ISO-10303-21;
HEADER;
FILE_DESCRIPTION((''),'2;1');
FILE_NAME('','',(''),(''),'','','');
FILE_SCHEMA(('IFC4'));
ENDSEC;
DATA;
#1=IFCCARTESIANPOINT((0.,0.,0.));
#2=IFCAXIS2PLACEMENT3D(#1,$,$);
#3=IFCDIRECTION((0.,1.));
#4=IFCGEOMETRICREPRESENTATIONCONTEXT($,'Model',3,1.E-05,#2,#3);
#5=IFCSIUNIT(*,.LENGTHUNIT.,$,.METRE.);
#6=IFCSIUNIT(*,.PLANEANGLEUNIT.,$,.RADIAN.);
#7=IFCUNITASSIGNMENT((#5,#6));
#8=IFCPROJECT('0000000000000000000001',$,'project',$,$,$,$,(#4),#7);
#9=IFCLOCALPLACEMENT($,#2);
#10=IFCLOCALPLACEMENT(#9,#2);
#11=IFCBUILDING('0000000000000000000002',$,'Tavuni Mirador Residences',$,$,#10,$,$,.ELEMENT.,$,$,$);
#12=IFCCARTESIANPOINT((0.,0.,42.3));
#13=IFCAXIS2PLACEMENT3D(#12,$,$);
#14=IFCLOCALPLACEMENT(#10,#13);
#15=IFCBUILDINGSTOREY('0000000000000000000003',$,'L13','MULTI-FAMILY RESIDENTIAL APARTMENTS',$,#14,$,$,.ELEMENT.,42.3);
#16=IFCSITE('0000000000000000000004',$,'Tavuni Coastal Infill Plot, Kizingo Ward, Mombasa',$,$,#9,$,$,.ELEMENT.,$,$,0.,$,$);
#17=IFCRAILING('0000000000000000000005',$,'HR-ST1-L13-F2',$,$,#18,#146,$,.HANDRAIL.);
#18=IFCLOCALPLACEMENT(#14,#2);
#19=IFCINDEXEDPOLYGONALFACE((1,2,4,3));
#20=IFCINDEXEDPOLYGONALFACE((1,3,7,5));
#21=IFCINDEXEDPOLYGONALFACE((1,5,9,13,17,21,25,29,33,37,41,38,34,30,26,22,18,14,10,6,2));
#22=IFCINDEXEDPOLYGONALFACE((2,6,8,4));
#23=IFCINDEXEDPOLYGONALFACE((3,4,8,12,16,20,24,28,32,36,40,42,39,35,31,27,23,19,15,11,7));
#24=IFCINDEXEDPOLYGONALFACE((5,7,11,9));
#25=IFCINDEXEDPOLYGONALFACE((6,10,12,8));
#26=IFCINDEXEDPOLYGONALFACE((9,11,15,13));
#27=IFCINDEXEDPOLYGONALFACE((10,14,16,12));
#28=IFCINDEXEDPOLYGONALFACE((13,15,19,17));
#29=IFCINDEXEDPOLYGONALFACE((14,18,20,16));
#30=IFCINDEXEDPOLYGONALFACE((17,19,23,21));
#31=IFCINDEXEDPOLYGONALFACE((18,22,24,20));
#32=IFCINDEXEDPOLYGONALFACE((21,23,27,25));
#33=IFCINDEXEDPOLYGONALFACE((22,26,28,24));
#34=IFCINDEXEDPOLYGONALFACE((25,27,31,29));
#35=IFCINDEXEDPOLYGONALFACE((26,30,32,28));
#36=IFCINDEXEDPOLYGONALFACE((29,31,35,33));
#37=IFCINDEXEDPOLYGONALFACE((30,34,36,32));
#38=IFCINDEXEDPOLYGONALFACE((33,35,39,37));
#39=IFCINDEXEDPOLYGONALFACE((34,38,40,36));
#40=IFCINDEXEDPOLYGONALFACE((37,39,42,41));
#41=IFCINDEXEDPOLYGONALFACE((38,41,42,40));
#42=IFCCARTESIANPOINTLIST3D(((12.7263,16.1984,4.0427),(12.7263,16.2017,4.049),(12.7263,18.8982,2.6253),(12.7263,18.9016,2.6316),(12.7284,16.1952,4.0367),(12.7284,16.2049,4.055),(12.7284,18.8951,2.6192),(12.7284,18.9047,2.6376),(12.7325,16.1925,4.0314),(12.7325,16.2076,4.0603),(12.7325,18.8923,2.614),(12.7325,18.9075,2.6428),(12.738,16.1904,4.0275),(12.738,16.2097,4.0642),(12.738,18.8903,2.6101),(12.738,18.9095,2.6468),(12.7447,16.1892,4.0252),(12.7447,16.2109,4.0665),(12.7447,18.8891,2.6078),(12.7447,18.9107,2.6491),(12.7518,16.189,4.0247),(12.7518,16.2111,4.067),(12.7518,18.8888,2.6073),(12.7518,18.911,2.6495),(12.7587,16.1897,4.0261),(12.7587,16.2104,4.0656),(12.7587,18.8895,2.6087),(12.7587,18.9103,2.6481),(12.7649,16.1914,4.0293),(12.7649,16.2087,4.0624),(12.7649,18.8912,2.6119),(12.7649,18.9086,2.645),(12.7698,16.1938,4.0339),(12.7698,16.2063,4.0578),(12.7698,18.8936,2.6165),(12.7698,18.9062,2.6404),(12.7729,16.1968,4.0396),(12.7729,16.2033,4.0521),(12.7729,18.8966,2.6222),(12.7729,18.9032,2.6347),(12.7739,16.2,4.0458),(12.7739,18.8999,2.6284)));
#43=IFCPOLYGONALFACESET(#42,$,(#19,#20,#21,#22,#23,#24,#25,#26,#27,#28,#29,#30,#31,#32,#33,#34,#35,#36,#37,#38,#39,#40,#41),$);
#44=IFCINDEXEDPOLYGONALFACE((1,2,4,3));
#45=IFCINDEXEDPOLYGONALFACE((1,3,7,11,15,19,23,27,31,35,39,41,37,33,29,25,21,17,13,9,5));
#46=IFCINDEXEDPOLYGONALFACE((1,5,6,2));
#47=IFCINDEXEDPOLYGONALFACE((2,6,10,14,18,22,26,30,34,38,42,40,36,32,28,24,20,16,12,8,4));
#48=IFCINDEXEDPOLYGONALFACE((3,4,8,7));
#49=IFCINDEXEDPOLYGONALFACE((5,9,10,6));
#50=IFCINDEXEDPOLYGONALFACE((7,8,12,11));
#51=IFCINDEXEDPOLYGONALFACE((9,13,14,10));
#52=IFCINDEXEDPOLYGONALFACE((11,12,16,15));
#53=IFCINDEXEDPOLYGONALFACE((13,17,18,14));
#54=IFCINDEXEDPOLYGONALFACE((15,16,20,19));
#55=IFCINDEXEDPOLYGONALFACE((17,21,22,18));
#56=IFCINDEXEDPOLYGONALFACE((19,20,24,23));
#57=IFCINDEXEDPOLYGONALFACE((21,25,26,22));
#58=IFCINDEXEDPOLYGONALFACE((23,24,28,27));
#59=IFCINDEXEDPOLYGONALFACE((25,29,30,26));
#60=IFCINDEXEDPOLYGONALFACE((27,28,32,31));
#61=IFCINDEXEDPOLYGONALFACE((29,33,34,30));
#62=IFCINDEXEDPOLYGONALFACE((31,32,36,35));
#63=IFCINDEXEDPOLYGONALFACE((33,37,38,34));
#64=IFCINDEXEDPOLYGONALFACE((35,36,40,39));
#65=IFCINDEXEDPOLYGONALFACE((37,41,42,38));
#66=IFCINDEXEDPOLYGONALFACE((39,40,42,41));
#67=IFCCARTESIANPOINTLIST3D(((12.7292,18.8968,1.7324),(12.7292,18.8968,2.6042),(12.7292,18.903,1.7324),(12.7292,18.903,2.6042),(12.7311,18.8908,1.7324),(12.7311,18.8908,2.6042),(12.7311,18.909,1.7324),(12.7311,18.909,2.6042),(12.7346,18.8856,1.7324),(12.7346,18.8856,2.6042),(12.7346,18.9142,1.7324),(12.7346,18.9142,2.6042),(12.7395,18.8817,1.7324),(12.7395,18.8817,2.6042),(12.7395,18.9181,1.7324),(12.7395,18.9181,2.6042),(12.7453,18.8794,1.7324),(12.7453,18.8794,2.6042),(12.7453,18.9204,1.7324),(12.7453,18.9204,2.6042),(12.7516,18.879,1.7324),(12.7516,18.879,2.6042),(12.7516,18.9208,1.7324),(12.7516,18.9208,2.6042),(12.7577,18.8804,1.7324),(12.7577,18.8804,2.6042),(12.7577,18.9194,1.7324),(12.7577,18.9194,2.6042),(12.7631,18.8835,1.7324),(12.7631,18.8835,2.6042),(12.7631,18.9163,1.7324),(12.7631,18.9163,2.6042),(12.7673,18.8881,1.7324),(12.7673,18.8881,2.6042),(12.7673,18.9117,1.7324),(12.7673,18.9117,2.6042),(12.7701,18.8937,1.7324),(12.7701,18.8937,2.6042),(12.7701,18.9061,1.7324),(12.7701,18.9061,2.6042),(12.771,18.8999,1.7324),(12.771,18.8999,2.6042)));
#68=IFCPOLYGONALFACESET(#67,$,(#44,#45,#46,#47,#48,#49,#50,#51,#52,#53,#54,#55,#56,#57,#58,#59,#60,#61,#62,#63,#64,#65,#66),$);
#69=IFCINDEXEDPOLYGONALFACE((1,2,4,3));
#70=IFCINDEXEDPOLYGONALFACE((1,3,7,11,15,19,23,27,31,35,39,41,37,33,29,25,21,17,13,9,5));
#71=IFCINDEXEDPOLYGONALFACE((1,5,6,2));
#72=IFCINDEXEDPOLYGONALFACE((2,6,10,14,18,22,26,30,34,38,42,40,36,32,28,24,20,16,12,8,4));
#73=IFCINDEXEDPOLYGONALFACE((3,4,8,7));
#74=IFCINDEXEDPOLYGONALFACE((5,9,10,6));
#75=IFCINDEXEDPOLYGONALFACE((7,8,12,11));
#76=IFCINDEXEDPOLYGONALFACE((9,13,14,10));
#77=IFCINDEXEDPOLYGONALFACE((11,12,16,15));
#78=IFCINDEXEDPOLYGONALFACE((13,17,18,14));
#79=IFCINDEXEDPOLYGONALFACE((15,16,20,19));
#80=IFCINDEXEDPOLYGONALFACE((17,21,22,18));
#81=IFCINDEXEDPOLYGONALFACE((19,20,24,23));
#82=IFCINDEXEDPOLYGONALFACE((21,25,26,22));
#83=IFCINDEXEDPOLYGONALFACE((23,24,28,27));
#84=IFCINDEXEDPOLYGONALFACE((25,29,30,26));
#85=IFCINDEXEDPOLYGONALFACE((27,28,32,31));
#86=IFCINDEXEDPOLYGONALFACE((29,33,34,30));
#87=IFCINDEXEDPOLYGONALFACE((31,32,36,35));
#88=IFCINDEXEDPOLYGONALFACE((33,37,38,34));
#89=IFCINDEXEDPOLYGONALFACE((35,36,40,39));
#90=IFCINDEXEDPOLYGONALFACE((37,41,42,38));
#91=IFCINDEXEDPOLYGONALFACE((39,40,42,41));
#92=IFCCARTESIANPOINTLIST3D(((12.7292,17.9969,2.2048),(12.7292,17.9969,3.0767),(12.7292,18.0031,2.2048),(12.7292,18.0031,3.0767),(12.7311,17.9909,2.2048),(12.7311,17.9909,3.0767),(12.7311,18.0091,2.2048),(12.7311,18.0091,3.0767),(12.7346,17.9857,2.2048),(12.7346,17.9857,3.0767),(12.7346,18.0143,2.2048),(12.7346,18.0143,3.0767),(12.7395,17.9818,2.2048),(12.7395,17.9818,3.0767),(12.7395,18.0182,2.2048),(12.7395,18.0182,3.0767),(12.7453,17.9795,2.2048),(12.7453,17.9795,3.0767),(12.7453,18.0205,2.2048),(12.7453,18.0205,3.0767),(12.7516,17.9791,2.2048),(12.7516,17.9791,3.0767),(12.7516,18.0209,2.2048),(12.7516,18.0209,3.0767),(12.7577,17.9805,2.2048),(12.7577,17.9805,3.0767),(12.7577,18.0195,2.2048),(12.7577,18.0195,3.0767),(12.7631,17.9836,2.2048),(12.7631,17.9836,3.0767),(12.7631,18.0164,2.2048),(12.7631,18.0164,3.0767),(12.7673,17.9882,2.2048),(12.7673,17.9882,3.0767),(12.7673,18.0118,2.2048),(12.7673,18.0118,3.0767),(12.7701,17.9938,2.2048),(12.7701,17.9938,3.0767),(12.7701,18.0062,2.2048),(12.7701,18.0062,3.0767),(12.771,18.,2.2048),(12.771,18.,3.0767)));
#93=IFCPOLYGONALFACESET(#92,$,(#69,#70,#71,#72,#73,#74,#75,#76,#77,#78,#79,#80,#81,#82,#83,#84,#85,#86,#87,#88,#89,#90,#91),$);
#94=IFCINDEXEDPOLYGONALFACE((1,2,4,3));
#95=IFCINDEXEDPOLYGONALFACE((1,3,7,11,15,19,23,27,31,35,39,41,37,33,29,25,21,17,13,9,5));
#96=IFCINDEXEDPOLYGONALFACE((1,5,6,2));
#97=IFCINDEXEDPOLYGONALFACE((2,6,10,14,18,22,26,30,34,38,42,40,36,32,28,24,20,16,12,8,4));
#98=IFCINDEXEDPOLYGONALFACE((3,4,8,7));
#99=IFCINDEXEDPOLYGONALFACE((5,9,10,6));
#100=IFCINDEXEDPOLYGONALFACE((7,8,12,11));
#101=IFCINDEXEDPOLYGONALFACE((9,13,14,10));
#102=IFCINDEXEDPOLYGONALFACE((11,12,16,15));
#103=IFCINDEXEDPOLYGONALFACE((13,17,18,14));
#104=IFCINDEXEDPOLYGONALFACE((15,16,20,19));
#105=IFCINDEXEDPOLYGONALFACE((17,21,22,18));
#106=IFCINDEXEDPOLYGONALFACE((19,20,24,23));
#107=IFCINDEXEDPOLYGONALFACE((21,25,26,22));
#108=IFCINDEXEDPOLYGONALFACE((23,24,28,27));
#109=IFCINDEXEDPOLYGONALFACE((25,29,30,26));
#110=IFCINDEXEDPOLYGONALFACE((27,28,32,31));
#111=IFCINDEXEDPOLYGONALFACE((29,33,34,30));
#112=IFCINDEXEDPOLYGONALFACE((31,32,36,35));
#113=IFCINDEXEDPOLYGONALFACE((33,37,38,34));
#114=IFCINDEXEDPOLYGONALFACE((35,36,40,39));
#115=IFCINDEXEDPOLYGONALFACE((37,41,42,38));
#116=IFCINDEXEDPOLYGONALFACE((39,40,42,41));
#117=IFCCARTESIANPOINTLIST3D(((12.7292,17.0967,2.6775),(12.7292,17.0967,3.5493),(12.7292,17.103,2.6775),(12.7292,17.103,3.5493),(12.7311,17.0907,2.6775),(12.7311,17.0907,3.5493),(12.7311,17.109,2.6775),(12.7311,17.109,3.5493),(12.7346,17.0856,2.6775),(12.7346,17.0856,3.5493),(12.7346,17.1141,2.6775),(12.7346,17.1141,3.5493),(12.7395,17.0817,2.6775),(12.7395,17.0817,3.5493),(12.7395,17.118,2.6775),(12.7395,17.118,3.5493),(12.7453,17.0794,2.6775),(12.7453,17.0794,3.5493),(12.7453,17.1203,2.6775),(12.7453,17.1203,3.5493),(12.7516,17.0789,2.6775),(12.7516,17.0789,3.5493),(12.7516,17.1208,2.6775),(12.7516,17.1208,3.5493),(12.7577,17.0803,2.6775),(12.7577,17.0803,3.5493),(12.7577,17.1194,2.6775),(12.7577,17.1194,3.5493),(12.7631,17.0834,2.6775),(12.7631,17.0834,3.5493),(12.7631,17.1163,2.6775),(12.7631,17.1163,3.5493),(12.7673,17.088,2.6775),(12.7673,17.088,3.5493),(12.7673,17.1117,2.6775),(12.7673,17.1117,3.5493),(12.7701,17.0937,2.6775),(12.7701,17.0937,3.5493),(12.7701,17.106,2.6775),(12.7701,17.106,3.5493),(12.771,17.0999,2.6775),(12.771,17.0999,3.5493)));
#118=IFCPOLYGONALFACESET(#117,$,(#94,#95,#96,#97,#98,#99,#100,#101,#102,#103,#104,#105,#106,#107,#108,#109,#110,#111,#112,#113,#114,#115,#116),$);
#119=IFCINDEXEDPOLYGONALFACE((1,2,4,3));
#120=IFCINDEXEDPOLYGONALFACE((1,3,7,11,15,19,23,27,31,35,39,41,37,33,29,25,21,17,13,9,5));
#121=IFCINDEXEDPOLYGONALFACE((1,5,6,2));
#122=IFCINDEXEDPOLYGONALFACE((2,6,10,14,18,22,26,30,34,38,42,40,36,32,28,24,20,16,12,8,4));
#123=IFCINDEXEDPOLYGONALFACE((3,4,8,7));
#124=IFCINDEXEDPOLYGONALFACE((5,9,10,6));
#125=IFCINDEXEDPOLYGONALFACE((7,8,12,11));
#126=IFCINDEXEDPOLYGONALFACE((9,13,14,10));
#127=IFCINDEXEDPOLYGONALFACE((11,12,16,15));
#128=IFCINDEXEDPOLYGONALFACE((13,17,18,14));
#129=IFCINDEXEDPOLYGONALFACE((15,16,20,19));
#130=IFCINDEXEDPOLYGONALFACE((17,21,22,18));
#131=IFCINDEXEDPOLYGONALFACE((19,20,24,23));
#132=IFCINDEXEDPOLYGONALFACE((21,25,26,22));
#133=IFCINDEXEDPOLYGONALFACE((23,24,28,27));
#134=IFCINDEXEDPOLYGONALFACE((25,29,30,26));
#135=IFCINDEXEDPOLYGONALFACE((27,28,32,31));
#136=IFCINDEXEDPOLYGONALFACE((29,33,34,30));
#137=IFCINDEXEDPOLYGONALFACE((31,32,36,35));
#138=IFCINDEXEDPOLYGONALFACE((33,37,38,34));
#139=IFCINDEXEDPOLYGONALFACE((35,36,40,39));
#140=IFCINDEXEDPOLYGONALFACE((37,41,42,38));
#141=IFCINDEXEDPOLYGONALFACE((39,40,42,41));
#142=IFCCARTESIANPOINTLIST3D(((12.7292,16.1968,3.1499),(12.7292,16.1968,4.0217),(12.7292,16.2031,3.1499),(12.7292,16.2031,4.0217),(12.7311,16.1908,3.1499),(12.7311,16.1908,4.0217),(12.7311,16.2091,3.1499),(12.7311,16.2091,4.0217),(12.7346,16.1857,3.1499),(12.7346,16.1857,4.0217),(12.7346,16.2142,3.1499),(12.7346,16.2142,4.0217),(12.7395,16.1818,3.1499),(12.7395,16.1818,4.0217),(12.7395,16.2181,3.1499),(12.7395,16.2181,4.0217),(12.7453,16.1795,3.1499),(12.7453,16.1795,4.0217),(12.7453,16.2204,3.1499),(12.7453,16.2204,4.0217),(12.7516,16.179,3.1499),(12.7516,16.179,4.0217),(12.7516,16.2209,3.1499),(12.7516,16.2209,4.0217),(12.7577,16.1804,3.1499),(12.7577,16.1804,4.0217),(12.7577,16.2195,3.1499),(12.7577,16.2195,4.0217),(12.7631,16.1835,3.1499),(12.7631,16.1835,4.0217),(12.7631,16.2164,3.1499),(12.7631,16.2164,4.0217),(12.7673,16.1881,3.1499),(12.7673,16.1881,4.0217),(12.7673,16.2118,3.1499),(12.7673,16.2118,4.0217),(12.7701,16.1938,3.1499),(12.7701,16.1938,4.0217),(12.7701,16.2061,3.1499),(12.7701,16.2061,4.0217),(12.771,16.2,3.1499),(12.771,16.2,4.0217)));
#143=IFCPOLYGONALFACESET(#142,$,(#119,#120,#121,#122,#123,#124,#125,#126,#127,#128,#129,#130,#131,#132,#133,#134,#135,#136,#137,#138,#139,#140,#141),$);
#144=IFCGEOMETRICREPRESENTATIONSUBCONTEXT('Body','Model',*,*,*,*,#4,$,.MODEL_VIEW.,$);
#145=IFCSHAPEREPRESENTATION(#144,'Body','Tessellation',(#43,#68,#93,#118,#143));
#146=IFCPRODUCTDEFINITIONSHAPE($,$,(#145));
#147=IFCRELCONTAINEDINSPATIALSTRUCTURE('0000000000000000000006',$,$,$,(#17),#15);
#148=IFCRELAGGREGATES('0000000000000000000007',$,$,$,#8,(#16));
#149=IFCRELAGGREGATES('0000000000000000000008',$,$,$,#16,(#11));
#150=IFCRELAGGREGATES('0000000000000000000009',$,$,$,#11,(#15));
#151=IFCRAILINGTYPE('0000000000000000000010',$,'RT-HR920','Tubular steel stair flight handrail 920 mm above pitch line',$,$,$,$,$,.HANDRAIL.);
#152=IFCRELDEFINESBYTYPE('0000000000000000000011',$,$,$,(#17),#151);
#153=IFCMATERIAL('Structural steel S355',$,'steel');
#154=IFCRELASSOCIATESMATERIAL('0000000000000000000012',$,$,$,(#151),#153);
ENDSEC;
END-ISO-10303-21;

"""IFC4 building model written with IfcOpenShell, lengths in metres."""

from ifc_helpers import new_model, si_unit, direction, frame, origin, origin_2d, place, context, subcontext, project, spatial, circle, extrude, material, type_object, element, save


model = new_model("IFC4")

# Units and contexts
model_context = context("Model", 3, precision=1e-05, world=origin(), true_north=direction((0.0, 1.0)))
body_context = subcontext(model_context, "Body", "Model", "MODEL_VIEW")
ifc_project = project(units=[si_unit("LENGTHUNIT", "METRE"), si_unit("PLANEANGLEUNIT", "RADIAN")], contexts=[model_context])

# Site, building, storey
site_placement = place(None, origin())
site = spatial("IfcSite", under=ifc_project, at=site_placement, Name="Tavuni Coastal Infill Plot, Kizingo Ward, Mombasa", CompositionType="ELEMENT", RefElevation=0.0)
building_placement = place(site_placement, origin())
building = spatial("IfcBuilding", under=site, at=building_placement, Name="Tavuni Mirador Residences", CompositionType="ELEMENT")
storey_placement = place(building_placement, frame((0.0, 0.0, 42.3)))
storey = spatial("IfcBuildingStorey", under=building, at=storey_placement, Name="L13", Description="MULTI-FAMILY RESIDENTIAL APARTMENTS", CompositionType="ELEMENT", Elevation=42.3)

# Shared definitions
ifc_material_1 = material(Name="Structural steel S355", Category="steel")

# Railing
railing_type_1 = type_object("IfcRailingType", Name="RT-HR920", Description="Tubular steel stair flight handrail 920 mm above pitch line", PredefinedType="HANDRAIL", material=ifc_material_1)
railing_1_placement = place(storey_placement, frame((12.75, 18.8999, 1.7324)))
element("IfcRailing", 1, at=railing_1_placement, inside=storey, type_object=railing_type_1, Name="HR-ST1-L13-F2", PredefinedType="HANDRAIL", context=body_context, shape_type="SweptSolid", body=[
    extrude(circle(Radius=0.0239, at=origin_2d()), frame((0.0, 0.0, 0.896), z_axis=(0.0, -0.885397, 0.464835), x_axis=(1.0, 0.0, 0.0)), (0.0, 0.0, 1.0), 3.0493),
    extrude(circle(Radius=0.021, at=origin_2d()), origin(), (0.0, 0.0, 1.0), 0.8718),
    extrude(circle(Radius=0.021, at=origin_2d()), frame((0.0, -0.8999, 0.4724)), (0.0, 0.0, 1.0), 0.8718),
    extrude(circle(Radius=0.021, at=origin_2d()), frame((0.0, -1.8, 0.9451)), (0.0, 0.0, 1.0), 0.8718),
    extrude(circle(Radius=0.021, at=origin_2d()), frame((0.0, -2.7, 1.4175)), (0.0, 0.0, 1.0), 0.8718),
])

save(model, "model.ifc")
